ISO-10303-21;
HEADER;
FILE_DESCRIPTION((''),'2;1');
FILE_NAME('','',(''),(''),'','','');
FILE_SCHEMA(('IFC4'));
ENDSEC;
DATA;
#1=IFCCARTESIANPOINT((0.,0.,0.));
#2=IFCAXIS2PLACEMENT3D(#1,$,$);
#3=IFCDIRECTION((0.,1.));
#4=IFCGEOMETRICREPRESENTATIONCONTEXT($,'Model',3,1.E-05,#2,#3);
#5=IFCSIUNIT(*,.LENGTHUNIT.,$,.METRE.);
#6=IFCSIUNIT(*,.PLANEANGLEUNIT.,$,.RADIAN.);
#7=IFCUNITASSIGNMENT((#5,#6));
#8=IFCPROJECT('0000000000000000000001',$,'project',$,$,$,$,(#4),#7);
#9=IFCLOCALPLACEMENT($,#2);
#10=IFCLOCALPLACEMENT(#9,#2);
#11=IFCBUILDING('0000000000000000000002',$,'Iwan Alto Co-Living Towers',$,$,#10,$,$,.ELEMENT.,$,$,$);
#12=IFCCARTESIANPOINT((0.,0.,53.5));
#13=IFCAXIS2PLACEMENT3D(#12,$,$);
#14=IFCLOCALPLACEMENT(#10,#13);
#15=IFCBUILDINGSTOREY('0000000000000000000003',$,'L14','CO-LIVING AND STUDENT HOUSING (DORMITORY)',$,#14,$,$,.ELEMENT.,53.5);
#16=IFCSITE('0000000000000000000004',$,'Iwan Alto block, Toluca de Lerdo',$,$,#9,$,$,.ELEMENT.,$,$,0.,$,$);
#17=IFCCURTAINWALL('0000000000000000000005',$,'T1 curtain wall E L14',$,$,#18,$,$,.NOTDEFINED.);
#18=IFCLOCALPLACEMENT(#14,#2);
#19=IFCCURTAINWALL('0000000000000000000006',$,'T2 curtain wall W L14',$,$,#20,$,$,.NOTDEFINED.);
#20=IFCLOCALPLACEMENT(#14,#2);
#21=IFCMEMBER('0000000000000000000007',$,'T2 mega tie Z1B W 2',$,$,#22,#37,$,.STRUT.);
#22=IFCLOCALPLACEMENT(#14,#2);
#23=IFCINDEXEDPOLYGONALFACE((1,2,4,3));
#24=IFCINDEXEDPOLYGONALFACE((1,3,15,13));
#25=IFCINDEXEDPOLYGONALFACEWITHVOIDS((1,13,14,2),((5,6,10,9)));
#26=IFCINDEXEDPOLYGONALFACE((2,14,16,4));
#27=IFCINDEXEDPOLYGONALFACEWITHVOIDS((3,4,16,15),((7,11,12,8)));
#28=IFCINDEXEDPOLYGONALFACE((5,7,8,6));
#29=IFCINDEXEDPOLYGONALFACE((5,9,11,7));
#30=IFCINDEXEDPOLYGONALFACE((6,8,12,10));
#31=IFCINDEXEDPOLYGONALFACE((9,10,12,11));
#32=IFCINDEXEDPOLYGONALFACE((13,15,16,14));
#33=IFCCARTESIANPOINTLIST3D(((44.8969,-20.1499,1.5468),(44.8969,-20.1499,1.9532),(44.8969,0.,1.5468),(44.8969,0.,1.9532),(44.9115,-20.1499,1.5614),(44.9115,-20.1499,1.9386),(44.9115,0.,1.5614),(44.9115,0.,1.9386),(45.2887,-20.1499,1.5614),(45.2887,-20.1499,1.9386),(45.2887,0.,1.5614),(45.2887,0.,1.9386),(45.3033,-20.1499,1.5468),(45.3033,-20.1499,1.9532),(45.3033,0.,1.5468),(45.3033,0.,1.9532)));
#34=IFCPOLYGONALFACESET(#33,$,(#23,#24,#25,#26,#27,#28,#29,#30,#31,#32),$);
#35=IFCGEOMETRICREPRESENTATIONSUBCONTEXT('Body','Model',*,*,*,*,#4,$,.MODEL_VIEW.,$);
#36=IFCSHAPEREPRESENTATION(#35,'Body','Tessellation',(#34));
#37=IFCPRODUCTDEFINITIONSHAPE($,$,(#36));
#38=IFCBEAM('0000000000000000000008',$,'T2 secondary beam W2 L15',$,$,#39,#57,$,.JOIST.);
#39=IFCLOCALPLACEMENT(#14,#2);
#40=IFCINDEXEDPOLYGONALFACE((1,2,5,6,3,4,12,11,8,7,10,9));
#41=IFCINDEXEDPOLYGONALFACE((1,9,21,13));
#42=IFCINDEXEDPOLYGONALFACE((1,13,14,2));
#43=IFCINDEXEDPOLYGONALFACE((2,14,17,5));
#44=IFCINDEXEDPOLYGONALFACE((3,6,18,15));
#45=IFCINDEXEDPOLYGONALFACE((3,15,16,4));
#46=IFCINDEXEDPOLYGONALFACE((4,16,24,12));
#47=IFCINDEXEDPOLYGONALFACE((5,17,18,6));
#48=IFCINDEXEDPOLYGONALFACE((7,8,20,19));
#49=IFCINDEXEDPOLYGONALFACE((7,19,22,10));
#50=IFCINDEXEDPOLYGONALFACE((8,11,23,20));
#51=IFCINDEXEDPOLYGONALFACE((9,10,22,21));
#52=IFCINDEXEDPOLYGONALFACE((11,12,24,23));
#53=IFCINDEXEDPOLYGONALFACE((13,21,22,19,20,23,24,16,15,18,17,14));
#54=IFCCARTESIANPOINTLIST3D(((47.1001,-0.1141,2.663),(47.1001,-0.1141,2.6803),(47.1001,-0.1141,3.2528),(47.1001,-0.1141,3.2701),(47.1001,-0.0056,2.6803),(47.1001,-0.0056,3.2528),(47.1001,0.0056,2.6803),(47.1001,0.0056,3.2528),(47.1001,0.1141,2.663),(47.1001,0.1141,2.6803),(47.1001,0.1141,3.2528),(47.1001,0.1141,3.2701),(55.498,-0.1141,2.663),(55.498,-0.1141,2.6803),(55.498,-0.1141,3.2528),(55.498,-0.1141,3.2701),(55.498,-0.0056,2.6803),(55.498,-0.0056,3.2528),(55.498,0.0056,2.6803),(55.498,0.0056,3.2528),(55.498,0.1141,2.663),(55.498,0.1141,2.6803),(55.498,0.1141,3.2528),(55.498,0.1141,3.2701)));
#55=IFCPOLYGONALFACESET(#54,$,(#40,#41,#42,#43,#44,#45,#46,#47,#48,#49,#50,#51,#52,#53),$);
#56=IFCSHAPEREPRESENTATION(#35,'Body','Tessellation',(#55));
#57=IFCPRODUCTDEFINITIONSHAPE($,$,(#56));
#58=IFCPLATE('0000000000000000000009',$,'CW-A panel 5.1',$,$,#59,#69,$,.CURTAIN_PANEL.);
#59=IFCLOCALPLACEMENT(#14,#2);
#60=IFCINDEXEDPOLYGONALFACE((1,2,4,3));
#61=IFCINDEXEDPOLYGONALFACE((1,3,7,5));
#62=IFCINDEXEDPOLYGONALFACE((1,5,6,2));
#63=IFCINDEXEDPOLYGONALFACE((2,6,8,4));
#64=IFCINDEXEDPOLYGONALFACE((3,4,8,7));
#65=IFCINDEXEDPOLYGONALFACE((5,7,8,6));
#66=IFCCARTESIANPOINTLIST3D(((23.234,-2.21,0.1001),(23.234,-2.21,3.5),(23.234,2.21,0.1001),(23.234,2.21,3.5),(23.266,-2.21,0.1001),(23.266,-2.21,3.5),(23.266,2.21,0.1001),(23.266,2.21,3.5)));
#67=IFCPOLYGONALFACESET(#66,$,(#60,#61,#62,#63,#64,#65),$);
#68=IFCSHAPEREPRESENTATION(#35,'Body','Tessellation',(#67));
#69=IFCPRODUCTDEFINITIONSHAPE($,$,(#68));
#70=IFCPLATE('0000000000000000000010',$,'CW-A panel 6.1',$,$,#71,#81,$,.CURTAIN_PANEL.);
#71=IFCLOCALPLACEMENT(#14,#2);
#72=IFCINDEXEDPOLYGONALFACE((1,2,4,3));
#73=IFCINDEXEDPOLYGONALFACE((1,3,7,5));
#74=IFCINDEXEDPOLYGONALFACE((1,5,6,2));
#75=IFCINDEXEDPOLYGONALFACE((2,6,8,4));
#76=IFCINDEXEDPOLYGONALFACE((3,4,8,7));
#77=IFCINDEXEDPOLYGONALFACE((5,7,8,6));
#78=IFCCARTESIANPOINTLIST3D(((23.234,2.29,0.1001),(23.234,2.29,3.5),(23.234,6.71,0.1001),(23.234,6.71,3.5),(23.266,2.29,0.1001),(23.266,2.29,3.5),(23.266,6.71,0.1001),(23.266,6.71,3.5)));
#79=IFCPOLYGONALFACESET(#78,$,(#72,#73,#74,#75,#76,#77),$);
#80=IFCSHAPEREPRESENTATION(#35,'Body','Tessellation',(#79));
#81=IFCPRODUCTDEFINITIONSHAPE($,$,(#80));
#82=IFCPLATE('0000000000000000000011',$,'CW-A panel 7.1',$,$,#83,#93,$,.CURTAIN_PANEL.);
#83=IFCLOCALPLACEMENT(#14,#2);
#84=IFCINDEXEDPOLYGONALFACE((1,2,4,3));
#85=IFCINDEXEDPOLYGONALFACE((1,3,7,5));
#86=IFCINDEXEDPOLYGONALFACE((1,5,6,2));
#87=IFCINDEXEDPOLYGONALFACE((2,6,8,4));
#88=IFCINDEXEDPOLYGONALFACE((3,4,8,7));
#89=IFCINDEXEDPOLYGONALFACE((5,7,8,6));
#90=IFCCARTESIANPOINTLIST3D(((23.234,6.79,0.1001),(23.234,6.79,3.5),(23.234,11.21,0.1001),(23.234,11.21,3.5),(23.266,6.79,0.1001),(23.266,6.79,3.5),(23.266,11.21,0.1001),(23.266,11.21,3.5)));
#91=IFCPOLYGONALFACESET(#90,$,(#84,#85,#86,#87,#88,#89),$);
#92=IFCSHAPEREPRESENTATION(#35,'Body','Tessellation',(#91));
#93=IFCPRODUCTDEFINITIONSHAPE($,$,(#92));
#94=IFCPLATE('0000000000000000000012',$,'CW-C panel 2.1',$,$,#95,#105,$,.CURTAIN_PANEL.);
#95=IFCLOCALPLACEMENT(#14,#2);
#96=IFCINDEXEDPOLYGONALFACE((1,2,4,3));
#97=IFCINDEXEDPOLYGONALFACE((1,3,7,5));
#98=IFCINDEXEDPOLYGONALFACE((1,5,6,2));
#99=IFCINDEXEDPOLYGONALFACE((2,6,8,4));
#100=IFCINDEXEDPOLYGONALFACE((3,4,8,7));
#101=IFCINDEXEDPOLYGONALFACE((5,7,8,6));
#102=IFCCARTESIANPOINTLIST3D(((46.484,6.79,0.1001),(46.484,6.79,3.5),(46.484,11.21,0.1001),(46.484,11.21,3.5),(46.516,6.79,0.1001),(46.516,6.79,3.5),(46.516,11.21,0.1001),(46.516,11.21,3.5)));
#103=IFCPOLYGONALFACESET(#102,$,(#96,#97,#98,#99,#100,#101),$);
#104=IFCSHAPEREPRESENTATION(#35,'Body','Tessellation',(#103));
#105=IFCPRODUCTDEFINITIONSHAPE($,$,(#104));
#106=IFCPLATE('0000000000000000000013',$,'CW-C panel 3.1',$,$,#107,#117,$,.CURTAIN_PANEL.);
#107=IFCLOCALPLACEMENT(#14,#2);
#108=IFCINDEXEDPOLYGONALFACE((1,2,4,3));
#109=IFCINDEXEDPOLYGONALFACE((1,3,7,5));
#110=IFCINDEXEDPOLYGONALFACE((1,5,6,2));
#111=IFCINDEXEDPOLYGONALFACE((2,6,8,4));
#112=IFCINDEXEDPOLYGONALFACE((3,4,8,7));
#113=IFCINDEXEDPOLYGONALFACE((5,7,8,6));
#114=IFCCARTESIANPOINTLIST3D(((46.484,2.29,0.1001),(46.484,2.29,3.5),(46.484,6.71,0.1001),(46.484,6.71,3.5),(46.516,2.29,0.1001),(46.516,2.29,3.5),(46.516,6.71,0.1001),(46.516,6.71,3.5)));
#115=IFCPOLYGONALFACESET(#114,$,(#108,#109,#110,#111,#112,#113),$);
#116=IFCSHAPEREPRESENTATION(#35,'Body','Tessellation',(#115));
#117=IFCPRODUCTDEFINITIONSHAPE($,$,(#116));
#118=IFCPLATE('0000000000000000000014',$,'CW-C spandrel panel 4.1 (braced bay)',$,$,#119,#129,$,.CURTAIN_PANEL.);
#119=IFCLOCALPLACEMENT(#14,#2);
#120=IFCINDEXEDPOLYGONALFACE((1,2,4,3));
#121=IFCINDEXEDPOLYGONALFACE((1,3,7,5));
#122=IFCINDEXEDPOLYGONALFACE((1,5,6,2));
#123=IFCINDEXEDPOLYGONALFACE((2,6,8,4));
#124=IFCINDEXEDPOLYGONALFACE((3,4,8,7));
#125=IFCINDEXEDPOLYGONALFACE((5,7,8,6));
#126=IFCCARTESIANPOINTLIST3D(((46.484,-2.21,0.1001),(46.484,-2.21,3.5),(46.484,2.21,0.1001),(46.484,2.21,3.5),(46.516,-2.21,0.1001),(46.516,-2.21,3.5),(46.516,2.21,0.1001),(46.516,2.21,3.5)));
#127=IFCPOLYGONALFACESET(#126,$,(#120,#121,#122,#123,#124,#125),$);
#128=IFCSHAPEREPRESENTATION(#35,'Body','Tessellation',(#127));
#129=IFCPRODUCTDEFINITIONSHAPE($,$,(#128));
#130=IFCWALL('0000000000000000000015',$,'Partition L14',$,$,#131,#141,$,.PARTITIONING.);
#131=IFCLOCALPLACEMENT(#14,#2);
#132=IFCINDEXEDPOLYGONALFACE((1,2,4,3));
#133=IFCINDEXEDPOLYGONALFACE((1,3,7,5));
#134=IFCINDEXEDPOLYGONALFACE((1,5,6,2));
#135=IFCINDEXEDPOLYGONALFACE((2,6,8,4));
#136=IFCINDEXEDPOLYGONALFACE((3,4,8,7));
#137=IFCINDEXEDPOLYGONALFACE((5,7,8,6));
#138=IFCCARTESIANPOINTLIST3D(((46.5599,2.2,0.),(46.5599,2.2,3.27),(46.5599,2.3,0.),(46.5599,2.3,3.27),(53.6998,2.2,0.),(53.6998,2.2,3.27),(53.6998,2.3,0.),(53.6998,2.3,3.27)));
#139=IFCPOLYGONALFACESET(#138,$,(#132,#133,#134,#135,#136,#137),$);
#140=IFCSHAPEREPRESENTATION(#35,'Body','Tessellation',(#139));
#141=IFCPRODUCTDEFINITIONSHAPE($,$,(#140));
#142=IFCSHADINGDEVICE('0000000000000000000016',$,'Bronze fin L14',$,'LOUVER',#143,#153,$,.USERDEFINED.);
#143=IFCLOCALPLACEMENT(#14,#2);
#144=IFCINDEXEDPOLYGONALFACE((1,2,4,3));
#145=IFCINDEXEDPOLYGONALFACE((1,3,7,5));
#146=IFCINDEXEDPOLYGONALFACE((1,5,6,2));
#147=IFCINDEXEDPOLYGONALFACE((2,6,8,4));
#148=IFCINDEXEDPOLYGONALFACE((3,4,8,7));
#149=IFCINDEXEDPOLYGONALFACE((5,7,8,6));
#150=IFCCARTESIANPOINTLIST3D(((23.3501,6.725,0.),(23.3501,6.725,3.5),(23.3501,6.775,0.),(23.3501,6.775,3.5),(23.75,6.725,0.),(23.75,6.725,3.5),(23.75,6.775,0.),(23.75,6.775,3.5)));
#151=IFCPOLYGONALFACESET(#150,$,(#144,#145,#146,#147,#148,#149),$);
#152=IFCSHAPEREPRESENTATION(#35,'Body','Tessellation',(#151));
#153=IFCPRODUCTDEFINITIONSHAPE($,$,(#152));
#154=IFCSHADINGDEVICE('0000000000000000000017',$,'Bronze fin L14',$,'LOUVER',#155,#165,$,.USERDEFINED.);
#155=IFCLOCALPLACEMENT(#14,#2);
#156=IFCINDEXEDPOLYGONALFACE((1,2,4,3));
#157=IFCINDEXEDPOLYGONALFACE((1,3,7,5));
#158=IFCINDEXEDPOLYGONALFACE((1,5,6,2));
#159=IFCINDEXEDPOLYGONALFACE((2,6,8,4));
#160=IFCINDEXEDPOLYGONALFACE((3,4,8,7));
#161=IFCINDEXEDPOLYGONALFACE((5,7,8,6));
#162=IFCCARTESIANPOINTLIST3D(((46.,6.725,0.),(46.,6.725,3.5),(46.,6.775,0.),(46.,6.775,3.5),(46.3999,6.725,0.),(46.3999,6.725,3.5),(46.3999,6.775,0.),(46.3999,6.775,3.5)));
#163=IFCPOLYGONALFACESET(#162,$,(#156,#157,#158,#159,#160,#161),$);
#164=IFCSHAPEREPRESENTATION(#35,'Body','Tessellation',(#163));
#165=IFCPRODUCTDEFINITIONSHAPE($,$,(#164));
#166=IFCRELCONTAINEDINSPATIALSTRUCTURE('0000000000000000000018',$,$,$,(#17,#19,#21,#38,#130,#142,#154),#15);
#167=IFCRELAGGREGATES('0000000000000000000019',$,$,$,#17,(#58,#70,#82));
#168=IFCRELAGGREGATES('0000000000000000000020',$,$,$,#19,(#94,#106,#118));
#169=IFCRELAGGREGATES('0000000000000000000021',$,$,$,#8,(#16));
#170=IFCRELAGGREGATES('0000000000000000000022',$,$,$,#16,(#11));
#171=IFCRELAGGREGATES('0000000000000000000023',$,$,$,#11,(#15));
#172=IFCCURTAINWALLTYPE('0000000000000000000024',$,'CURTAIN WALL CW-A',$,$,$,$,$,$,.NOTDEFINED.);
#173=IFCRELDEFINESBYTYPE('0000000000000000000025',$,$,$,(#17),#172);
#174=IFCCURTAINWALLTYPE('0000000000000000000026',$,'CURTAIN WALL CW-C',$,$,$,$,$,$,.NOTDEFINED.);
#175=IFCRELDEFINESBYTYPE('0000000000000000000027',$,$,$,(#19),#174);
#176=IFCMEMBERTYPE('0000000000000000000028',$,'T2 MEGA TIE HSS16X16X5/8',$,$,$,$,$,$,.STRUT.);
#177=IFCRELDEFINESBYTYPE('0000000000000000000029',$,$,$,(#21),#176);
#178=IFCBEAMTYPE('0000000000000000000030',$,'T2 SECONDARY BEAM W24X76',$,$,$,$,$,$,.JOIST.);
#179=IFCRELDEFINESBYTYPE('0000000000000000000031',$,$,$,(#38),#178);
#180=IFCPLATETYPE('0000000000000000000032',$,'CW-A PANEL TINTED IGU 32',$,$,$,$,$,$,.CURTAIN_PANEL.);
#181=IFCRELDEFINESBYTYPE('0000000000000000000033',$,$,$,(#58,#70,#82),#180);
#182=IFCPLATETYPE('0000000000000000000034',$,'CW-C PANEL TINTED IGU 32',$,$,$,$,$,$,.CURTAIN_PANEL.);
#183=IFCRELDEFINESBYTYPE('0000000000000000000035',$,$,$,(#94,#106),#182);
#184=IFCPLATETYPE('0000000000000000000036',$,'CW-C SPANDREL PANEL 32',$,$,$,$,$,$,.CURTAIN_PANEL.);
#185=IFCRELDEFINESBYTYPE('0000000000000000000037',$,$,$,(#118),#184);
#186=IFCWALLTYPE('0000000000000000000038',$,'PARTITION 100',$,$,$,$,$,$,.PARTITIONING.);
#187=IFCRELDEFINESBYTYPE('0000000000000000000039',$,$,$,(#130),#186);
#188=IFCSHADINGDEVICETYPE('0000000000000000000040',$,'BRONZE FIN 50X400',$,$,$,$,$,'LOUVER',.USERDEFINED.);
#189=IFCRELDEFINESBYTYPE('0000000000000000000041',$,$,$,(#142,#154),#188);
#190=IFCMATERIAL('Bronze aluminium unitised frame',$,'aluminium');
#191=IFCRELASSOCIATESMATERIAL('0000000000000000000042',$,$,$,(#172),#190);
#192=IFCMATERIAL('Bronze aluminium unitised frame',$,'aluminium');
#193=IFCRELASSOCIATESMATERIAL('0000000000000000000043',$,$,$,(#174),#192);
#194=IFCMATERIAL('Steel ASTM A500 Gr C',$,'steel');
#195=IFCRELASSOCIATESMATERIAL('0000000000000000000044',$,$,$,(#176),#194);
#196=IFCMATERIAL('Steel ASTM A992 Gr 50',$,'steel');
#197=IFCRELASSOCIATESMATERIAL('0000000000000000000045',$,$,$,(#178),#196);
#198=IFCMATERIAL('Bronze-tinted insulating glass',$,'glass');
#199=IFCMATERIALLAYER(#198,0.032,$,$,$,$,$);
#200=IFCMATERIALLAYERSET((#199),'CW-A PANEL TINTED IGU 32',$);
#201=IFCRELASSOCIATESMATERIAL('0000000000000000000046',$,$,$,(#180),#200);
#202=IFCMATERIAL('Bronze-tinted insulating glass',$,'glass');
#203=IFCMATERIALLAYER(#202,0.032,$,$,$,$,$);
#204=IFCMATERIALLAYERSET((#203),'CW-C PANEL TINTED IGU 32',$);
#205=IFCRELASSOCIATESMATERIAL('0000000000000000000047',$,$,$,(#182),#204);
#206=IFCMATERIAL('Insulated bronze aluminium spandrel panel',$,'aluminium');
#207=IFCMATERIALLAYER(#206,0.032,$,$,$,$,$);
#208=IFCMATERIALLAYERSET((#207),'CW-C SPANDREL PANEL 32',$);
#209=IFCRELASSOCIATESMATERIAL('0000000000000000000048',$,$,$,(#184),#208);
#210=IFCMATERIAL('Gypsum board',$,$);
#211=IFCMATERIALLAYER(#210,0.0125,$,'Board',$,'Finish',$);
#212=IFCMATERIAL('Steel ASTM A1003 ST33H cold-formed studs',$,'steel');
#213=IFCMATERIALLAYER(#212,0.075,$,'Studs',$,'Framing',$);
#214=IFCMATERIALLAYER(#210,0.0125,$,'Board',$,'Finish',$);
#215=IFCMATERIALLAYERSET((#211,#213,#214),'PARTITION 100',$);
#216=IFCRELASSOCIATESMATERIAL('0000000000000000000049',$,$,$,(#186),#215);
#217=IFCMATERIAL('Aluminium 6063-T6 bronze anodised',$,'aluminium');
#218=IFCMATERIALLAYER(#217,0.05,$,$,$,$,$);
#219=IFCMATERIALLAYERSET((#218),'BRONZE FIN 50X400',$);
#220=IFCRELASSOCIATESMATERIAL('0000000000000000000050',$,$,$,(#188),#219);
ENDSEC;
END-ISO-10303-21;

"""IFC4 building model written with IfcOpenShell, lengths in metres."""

from ifc_helpers import new_model, si_unit, direction, frame, frame_2d, origin, origin_2d, place, context, subcontext, project, spatial, rectangle, hollow_rectangle, i_section, extrude, material, layer, layer_set, material_profile, profile_set, type_object, element, aggregate, save


model = new_model("IFC4")

# Units and contexts
model_context = context("Model", 3, precision=1e-05, world=origin(), true_north=direction((0.0, 1.0)))
body_context = subcontext(model_context, "Body", "Model", "MODEL_VIEW")
ifc_project = project(units=[si_unit("LENGTHUNIT", "METRE"), si_unit("PLANEANGLEUNIT", "RADIAN")], contexts=[model_context])

# Site, building, storey
site_placement = place(None, origin())
site = spatial("IfcSite", under=ifc_project, at=site_placement, Name="Iwan Alto block, Toluca de Lerdo", CompositionType="ELEMENT", RefElevation=0.0)
building_placement = place(site_placement, origin())
building = spatial("IfcBuilding", under=site, at=building_placement, Name="Iwan Alto Co-Living Towers", CompositionType="ELEMENT")
storey_placement = place(building_placement, frame((0.0, 0.0, 53.5)))
storey = spatial("IfcBuildingStorey", under=building, at=storey_placement, Name="L14", Description="CO-LIVING AND STUDENT HOUSING (DORMITORY)", CompositionType="ELEMENT", Elevation=53.5)

# Curtain walls
ifc_material_1 = material(Name="Bronze aluminium unitised frame", Category="aluminium")
curtain_wall_type_1 = type_object("IfcCurtainWallType", Name="CURTAIN WALL CW-A", PredefinedType="NOTDEFINED", material=ifc_material_1)
curtain_wall_1_placement = place(storey_placement, origin())
curtain_wall_1 = element("IfcCurtainWall", 1, at=curtain_wall_1_placement, inside=storey, type_object=curtain_wall_type_1, Name="T1 curtain wall E L14", PredefinedType="NOTDEFINED")
ifc_material_2 = material(Name="Bronze aluminium unitised frame", Category="aluminium")
curtain_wall_type_2 = type_object("IfcCurtainWallType", Name="CURTAIN WALL CW-C", PredefinedType="NOTDEFINED", material=ifc_material_2)
curtain_wall_2_placement = place(storey_placement, origin())
curtain_wall_2 = element("IfcCurtainWall", 2, at=curtain_wall_2_placement, inside=storey, type_object=curtain_wall_type_2, Name="T2 curtain wall W L14", PredefinedType="NOTDEFINED")

# Member
ifc_material_3 = material(Name="Steel ASTM A500 Gr C", Category="steel")
ifc_material_profile_1 = material_profile(ifc_material_3, hollow_rectangle(XDim=0.4065, YDim=0.4065, WallThickness=0.0146, at=origin_2d()), Name="HSS16X16X5/8")
ifc_profile_set_1 = profile_set([ifc_material_profile_1], Name="Steel ASTM A500 Gr C")
member_type_1 = type_object("IfcMemberType", Name="T2 MEGA TIE HSS16X16X5/8", PredefinedType="STRUT", material=ifc_profile_set_1)
member_1_placement = place(storey_placement, frame((45.1001, 0.0, 1.75), z_axis=(0.0, -1.0, 0.0), x_axis=(1.0, 0.0, 0.0)))
element("IfcMember", 3, at=member_1_placement, inside=storey, type_object=member_type_1, Name="T2 mega tie Z1B W 2", PredefinedType="STRUT", context=body_context, shape_type="SweptSolid", body=[
    extrude(hollow_rectangle(XDim=0.4065, YDim=0.4065, WallThickness=0.0146, at=origin_2d()), origin(), (0.0, 0.0, 1.0), 20.1499),
])

# Beam
ifc_material_4 = material(Name="Steel ASTM A992 Gr 50", Category="steel")
ifc_material_profile_2 = material_profile(ifc_material_4, i_section(OverallWidth=0.2283, OverallDepth=0.6072, WebThickness=0.0112, FlangeThickness=0.0173, at=origin_2d()), Name="W24X76")
ifc_profile_set_2 = profile_set([ifc_material_profile_2], Name="Steel ASTM A992 Gr 50")
beam_type_1 = type_object("IfcBeamType", Name="T2 SECONDARY BEAM W24X76", PredefinedType="JOIST", material=ifc_profile_set_2)
beam_1_placement = place(storey_placement, frame((47.1001, 0.0, 2.9666), z_axis=(1.0, 0.0, 0.0), x_axis=(0.0, 1.0, 0.0)))
element("IfcBeam", 4, at=beam_1_placement, inside=storey, type_object=beam_type_1, Name="T2 secondary beam W2 L15", PredefinedType="JOIST", context=body_context, shape_type="SweptSolid", body=[
    extrude(i_section(OverallWidth=0.2283, OverallDepth=0.6072, WebThickness=0.0112, FlangeThickness=0.0173, at=origin_2d()), origin(), (0.0, 0.0, 1.0), 8.3979),
])

# Plates
ifc_material_5 = material(Name="Bronze-tinted insulating glass", Category="glass")
ifc_layer_1 = layer(ifc_material_5, 0.032)
ifc_layer_set_1 = layer_set([ifc_layer_1], Name="CW-A PANEL TINTED IGU 32")
plate_type_1 = type_object("IfcPlateType", Name="CW-A PANEL TINTED IGU 32", PredefinedType="CURTAIN_PANEL", material=ifc_layer_set_1)
plate_1_placement = place(storey_placement, frame((23.25, 0.0, 0.1001), z_axis=(0.0, 0.0, 1.0), x_axis=(0.0, 1.0, 0.0)))
plate_1 = element("IfcPlate", 5, at=plate_1_placement, type_object=plate_type_1, Name="CW-A panel 5.1", PredefinedType="CURTAIN_PANEL", context=body_context, shape_type="SweptSolid", body=[
    extrude(rectangle(XDim=4.4199, YDim=0.032, at=origin_2d()), origin(), (0.0, 0.0, 1.0), 3.3999),
])
plate_2_placement = place(storey_placement, frame((23.25, 4.5, 0.1001), z_axis=(0.0, 0.0, 1.0), x_axis=(0.0, 1.0, 0.0)))
plate_2 = element("IfcPlate", 6, at=plate_2_placement, type_object=plate_type_1, Name="CW-A panel 6.1", PredefinedType="CURTAIN_PANEL", context=body_context, shape_type="SweptSolid", body=[
    extrude(rectangle(XDim=4.4199, YDim=0.032, at=origin_2d()), origin(), (0.0, 0.0, 1.0), 3.3999),
])
plate_3_placement = place(storey_placement, frame((23.25, 9.0, 0.1001), z_axis=(0.0, 0.0, 1.0), x_axis=(0.0, 1.0, 0.0)))
plate_3 = element("IfcPlate", 7, at=plate_3_placement, type_object=plate_type_1, Name="CW-A panel 7.1", PredefinedType="CURTAIN_PANEL", context=body_context, shape_type="SweptSolid", body=[
    extrude(rectangle(XDim=4.4199, YDim=0.032, at=origin_2d()), origin(), (0.0, 0.0, 1.0), 3.3999),
])
aggregate(curtain_wall_1, [plate_1, plate_2, plate_3])
ifc_material_6 = material(Name="Bronze-tinted insulating glass", Category="glass")
ifc_layer_2 = layer(ifc_material_6, 0.032)
ifc_layer_set_2 = layer_set([ifc_layer_2], Name="CW-C PANEL TINTED IGU 32")
plate_type_2 = type_object("IfcPlateType", Name="CW-C PANEL TINTED IGU 32", PredefinedType="CURTAIN_PANEL", material=ifc_layer_set_2)
plate_4_placement = place(storey_placement, frame((46.5, 9.0, 0.1001), z_axis=(0.0, 0.0, 1.0), x_axis=(0.0, -1.0, 0.0)))
plate_4 = element("IfcPlate", 8, at=plate_4_placement, type_object=plate_type_2, Name="CW-C panel 2.1", PredefinedType="CURTAIN_PANEL", context=body_context, shape_type="SweptSolid", body=[
    extrude(rectangle(XDim=4.4199, YDim=0.032, at=origin_2d()), origin(), (0.0, 0.0, 1.0), 3.3999),
])
plate_5_placement = place(storey_placement, frame((46.5, 4.5, 0.1001), z_axis=(0.0, 0.0, 1.0), x_axis=(0.0, -1.0, 0.0)))
plate_5 = element("IfcPlate", 9, at=plate_5_placement, type_object=plate_type_2, Name="CW-C panel 3.1", PredefinedType="CURTAIN_PANEL", context=body_context, shape_type="SweptSolid", body=[
    extrude(rectangle(XDim=4.4199, YDim=0.032, at=origin_2d()), origin(), (0.0, 0.0, 1.0), 3.3999),
])
ifc_material_7 = material(Name="Insulated bronze aluminium spandrel panel", Category="aluminium")
ifc_layer_3 = layer(ifc_material_7, 0.032)
ifc_layer_set_3 = layer_set([ifc_layer_3], Name="CW-C SPANDREL PANEL 32")
plate_type_3 = type_object("IfcPlateType", Name="CW-C SPANDREL PANEL 32", PredefinedType="CURTAIN_PANEL", material=ifc_layer_set_3)
plate_6_placement = place(storey_placement, frame((46.5, 0.0, 0.1001), z_axis=(0.0, 0.0, 1.0), x_axis=(0.0, -1.0, 0.0)))
plate_6 = element("IfcPlate", 10, at=plate_6_placement, type_object=plate_type_3, Name="CW-C spandrel panel 4.1 (braced bay)", PredefinedType="CURTAIN_PANEL", context=body_context, shape_type="SweptSolid", body=[
    extrude(rectangle(XDim=4.4199, YDim=0.032, at=origin_2d()), origin(), (0.0, 0.0, 1.0), 3.3999),
])
aggregate(curtain_wall_2, [plate_4, plate_5, plate_6])

# Wall
ifc_material_8 = material(Name="Gypsum board")
ifc_layer_4 = layer(ifc_material_8, 0.0125, Name="Board", Category="Finish")
ifc_material_9 = material(Name="Steel ASTM A1003 ST33H cold-formed studs", Category="steel")
ifc_layer_5 = layer(ifc_material_9, 0.075, Name="Studs", Category="Framing")
ifc_layer_6 = layer(ifc_material_8, 0.0125, Name="Board", Category="Finish")
ifc_layer_set_4 = layer_set([ifc_layer_4, ifc_layer_5, ifc_layer_6], Name="PARTITION 100")
wall_type = type_object("IfcWallType", Name="PARTITION 100", PredefinedType="PARTITIONING", material=ifc_layer_set_4)
wall_placement = place(storey_placement, frame((46.5601, 2.25, 0.0), z_axis=(0.0, 0.0, 1.0), x_axis=(1.0, 0.0, 0.0)))
element("IfcWall", 11, at=wall_placement, inside=storey, type_object=wall_type, Name="Partition L14", PredefinedType="PARTITIONING", context=body_context, shape_type="SweptSolid", body=[
    extrude(rectangle(XDim=7.1399, YDim=0.1001, at=frame_2d((3.5698, 0.0))), origin(), (0.0, 0.0, 1.0), 3.27),
])

# Shading devices
ifc_material_10 = material(Name="Aluminium 6063-T6 bronze anodised", Category="aluminium")
ifc_layer_7 = layer(ifc_material_10, 0.05)
ifc_layer_set_5 = layer_set([ifc_layer_7], Name="BRONZE FIN 50X400")
shading_device_type = type_object("IfcShadingDeviceType", Name="BRONZE FIN 50X400", ElementType="LOUVER", PredefinedType="USERDEFINED", material=ifc_layer_set_5)
for number, where, z_axis, x_axis, name in (
    (12, (23.55, 6.75, 0.0), (0.0, 0.0, 1.0), (0.0, 1.0, 0.0), "Bronze fin L14"),
    (13, (46.2, 6.75, 0.0), (0.0, 0.0, 1.0), (0.0, -1.0, 0.0), "Bronze fin L14"),
):
    element("IfcShadingDevice", number, at=place(storey_placement, frame(where, z_axis=z_axis, x_axis=x_axis)), inside=storey, type_object=shading_device_type, Name=name, ObjectType="LOUVER", PredefinedType="USERDEFINED", context=body_context, shape_type="SweptSolid", body=[
        extrude(rectangle(XDim=0.05, YDim=0.3999, at=origin_2d()), origin(), (0.0, 0.0, 1.0), 3.5),
    ])

save(model, "model.ifc")
